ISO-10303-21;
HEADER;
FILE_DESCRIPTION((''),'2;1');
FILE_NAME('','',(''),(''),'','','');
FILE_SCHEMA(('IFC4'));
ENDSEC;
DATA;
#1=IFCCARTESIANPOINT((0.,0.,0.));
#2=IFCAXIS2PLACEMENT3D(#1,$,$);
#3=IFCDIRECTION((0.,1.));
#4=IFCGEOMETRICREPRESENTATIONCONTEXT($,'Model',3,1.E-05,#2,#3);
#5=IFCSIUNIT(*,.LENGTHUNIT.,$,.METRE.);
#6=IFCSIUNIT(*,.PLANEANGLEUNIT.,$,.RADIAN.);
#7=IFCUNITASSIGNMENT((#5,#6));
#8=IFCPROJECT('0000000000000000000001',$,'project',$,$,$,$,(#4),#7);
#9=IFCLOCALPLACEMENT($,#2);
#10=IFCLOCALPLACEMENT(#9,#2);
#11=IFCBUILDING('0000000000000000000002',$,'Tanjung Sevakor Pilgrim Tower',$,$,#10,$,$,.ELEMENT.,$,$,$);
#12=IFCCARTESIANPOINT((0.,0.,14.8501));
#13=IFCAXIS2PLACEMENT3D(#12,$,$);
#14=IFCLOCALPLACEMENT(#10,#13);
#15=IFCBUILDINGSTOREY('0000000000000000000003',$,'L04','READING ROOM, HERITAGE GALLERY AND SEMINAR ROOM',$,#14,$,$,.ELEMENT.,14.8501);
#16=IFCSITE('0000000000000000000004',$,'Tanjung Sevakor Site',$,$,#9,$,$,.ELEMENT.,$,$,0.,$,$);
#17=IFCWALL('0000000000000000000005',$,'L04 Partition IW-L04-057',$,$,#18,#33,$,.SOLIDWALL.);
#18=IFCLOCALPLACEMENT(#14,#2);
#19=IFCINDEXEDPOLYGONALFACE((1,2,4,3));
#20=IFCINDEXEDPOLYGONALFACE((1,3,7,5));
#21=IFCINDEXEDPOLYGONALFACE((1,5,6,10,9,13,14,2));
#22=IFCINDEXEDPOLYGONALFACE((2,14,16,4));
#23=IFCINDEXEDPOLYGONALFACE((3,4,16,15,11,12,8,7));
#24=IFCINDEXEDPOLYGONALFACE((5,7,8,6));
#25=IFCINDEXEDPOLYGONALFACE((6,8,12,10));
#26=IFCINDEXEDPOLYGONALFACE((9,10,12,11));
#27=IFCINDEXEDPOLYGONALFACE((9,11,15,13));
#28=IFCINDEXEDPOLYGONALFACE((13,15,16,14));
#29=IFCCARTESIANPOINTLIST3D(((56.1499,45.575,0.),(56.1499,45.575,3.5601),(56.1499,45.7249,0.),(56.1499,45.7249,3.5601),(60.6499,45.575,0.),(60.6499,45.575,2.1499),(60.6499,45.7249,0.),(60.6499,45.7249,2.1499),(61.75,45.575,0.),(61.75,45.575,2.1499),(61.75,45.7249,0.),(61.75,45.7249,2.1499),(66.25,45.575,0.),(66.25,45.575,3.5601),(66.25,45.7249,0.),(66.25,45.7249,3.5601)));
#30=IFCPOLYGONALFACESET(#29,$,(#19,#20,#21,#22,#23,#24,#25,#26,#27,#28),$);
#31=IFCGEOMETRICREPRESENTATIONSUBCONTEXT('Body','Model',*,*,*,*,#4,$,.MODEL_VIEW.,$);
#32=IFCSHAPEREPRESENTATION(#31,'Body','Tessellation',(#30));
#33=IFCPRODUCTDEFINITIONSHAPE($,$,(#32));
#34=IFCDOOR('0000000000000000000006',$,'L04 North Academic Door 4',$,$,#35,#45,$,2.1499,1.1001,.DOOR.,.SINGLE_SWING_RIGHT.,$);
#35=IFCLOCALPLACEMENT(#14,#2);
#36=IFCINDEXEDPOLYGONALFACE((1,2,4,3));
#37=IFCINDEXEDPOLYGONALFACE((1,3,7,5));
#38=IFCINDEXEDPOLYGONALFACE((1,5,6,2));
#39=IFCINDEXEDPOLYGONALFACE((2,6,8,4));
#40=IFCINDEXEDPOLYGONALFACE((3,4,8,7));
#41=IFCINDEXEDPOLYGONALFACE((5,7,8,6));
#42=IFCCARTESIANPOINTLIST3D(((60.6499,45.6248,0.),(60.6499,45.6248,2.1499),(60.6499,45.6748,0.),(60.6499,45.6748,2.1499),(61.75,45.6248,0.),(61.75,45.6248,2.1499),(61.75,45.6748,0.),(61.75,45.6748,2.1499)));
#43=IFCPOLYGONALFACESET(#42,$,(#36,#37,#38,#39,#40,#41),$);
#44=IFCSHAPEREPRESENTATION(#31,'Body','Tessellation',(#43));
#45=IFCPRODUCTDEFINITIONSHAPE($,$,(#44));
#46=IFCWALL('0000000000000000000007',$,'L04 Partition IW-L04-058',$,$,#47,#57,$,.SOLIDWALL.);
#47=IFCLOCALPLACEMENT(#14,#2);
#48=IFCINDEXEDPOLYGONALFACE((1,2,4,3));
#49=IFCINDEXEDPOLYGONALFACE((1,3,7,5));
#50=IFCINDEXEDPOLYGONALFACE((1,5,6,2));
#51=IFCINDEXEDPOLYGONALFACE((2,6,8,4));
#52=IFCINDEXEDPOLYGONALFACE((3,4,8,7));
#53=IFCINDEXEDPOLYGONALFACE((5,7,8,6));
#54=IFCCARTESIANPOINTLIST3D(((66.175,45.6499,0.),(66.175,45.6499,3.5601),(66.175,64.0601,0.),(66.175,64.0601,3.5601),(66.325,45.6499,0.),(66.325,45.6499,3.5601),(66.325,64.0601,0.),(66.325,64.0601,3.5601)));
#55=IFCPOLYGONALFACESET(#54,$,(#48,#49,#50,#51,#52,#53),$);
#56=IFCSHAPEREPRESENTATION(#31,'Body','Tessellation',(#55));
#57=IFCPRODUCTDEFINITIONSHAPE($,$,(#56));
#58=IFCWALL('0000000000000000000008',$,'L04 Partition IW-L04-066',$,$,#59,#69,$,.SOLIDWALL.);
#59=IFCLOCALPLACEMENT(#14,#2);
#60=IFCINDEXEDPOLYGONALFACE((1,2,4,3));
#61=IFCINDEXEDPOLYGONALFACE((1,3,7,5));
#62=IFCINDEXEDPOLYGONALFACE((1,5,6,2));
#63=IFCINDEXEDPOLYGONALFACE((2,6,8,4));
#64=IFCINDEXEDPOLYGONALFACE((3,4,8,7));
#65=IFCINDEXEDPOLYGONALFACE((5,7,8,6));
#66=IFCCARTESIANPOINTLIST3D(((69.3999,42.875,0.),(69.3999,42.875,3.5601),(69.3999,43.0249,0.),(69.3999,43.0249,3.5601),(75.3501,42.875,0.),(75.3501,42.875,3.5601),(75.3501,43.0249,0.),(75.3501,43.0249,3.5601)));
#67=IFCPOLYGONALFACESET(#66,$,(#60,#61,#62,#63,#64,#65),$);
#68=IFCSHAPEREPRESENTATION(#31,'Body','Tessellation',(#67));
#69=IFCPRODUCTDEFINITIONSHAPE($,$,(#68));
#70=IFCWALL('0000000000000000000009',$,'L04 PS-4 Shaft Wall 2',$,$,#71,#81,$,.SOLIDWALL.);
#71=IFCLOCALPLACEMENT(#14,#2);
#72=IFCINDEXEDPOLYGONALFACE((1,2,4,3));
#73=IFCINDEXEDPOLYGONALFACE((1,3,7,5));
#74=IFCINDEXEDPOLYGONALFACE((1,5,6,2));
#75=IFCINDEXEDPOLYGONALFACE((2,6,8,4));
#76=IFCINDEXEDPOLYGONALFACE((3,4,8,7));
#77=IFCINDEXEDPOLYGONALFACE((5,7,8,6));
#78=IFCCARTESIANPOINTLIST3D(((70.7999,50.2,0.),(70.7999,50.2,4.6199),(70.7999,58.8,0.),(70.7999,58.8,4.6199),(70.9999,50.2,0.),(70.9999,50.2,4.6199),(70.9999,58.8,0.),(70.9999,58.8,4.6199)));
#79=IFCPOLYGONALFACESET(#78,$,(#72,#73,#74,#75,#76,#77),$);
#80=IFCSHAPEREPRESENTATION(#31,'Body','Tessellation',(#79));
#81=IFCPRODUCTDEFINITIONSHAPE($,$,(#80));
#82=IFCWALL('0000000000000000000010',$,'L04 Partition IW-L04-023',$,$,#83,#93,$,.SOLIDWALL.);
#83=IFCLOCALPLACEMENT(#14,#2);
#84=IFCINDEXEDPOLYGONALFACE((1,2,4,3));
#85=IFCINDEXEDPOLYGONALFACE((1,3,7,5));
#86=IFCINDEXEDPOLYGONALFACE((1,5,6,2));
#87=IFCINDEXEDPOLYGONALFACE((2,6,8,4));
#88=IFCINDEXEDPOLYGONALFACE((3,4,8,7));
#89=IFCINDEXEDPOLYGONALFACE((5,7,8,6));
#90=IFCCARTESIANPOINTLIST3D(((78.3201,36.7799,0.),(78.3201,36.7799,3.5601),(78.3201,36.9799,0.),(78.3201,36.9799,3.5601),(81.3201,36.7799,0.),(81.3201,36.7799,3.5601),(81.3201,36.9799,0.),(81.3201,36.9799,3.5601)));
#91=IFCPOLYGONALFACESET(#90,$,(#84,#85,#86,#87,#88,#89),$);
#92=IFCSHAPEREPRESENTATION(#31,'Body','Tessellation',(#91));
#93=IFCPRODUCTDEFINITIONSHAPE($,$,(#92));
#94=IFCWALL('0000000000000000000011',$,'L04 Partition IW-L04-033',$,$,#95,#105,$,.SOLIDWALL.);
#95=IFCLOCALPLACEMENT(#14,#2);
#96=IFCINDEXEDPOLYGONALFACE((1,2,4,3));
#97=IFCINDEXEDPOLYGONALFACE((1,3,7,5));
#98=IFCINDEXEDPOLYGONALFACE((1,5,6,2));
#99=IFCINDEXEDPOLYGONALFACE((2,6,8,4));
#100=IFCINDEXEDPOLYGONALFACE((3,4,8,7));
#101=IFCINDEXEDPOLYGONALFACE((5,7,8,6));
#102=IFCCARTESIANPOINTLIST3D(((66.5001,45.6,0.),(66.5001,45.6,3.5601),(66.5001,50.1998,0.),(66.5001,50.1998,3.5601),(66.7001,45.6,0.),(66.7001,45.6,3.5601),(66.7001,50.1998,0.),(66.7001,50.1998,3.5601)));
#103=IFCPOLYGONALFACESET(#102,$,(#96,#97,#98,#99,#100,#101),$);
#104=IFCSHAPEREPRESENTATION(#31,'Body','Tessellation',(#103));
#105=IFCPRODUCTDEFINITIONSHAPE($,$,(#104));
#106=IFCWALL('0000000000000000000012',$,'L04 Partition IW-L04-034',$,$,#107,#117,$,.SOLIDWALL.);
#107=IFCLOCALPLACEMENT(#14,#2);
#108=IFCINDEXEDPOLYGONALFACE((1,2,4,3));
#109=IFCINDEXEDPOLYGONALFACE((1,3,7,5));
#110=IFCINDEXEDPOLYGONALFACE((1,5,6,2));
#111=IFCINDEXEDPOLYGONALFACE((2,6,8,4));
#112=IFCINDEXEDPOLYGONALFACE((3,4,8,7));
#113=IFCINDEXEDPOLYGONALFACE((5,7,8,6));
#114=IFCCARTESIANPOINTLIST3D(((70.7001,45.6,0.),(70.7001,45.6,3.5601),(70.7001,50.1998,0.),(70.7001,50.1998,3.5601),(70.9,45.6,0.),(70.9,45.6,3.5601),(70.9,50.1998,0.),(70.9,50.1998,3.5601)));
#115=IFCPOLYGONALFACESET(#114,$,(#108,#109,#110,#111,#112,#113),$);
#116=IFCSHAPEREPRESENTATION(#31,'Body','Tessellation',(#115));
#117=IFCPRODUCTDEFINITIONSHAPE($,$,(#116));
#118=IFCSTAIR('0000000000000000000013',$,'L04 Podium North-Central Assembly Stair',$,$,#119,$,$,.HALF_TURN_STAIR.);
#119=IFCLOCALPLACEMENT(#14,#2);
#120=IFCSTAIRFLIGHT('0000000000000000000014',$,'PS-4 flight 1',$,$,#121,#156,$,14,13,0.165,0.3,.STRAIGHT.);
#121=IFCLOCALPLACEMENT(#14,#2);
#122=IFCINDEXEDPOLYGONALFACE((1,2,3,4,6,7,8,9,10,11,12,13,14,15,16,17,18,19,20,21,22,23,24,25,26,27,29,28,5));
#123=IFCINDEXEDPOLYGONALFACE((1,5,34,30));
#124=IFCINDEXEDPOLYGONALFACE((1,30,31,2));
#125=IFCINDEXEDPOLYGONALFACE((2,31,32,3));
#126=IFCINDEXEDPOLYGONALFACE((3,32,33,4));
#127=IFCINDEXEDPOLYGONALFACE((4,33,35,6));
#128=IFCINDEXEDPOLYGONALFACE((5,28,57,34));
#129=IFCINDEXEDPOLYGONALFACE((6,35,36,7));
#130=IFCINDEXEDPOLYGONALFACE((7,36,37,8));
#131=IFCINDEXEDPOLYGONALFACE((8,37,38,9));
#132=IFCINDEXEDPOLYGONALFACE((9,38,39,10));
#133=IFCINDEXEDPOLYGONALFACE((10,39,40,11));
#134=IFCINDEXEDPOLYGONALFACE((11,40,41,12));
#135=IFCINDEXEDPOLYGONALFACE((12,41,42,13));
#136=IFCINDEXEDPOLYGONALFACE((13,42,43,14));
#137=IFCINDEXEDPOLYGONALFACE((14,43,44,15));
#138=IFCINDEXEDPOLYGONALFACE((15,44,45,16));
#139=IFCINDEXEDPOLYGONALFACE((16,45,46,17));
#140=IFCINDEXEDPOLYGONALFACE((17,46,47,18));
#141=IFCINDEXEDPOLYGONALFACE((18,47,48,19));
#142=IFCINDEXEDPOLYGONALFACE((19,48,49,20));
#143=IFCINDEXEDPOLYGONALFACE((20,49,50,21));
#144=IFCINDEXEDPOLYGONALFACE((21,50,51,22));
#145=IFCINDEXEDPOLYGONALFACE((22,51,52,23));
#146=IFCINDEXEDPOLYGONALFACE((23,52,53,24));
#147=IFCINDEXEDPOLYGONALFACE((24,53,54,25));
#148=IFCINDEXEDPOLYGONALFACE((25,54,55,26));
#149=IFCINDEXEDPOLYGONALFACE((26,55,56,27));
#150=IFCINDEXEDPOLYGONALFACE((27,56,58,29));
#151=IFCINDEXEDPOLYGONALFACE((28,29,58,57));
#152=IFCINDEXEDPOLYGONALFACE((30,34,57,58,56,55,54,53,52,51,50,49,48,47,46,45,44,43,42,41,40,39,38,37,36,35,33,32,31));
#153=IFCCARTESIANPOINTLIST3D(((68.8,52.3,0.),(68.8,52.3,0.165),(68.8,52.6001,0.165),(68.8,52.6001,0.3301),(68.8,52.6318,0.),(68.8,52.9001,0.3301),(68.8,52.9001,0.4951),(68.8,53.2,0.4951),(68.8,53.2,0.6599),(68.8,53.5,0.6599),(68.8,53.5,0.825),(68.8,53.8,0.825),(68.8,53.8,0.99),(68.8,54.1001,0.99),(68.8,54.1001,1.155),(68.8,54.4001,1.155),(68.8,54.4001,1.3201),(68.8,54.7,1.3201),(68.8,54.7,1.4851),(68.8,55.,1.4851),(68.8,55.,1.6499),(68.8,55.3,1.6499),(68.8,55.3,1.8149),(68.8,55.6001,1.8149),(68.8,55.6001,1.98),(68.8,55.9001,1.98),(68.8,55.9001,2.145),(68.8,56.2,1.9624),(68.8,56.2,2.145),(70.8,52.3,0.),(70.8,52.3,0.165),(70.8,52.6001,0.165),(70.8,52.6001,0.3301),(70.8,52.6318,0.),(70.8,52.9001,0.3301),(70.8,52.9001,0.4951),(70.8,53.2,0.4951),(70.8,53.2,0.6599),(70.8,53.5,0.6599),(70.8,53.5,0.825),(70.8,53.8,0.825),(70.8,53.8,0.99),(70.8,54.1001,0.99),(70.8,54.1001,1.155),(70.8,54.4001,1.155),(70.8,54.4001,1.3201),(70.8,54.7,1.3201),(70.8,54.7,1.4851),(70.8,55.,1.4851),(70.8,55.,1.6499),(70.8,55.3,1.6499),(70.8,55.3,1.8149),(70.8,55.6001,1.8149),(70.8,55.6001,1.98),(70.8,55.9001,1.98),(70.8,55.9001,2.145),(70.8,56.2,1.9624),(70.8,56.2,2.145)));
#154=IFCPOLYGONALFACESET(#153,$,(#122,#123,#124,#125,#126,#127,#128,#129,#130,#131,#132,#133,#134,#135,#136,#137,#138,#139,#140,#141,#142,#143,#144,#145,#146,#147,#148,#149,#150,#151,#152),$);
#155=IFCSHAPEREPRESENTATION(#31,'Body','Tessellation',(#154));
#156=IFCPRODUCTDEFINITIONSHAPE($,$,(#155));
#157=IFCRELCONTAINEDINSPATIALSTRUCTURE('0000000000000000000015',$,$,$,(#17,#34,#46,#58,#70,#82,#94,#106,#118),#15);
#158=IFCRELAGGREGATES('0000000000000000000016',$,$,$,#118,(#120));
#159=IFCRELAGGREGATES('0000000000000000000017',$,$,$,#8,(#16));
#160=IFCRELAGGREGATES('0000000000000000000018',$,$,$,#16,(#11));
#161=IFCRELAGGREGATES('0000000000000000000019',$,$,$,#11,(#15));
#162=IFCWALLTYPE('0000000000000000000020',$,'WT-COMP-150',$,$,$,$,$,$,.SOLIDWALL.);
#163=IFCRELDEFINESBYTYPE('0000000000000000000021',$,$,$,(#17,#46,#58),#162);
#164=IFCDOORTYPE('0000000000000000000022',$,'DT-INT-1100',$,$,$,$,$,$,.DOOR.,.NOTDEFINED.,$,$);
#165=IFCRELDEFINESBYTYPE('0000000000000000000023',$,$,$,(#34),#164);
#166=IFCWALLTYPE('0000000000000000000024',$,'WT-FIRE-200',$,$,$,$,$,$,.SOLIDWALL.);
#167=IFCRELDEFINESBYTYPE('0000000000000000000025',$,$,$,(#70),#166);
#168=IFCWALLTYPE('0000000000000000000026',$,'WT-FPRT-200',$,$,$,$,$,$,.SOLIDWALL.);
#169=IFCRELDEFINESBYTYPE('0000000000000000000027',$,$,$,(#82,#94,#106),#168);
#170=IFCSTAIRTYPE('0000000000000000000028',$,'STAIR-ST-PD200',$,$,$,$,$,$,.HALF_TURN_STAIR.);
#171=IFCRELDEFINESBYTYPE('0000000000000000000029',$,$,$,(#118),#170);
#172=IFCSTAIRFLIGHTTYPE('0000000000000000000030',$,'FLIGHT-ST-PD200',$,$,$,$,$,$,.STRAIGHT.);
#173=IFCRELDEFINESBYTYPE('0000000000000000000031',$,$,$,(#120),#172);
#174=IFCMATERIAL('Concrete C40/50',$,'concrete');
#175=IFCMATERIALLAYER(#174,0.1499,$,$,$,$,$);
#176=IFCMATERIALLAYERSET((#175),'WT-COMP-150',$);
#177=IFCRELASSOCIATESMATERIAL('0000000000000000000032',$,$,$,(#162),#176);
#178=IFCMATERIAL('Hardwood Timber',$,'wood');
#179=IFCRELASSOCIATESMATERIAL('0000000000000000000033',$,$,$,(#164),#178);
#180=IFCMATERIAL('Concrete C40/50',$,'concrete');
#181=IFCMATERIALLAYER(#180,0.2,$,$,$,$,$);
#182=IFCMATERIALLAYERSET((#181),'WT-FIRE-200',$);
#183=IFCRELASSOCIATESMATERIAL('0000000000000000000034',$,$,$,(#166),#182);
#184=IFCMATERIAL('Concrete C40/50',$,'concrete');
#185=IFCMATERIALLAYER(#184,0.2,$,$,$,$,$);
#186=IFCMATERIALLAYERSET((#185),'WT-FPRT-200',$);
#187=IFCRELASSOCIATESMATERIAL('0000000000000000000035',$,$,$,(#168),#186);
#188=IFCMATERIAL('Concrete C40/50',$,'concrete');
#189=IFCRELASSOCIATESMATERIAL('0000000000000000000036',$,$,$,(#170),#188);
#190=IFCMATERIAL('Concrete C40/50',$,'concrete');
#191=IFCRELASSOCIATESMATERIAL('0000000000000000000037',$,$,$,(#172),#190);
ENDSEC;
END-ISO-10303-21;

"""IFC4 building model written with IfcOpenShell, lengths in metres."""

from ifc_helpers import new_model, si_unit, direction, frame, frame_2d, origin, place, context, subcontext, project, spatial, polyline, rectangle, outline, extrude, material, layer, layer_set, type_object, element, fill, aggregate, save


model = new_model("IFC4")

# Units and contexts
model_context = context("Model", 3, precision=1e-05, world=origin(), true_north=direction((0.0, 1.0)))
body_context = subcontext(model_context, "Body", "Model", "MODEL_VIEW")
ifc_project = project(units=[si_unit("LENGTHUNIT", "METRE"), si_unit("PLANEANGLEUNIT", "RADIAN")], contexts=[model_context])

# Site, building, storey
site_placement = place(None, origin())
site = spatial("IfcSite", under=ifc_project, at=site_placement, Name="Tanjung Sevakor Site", CompositionType="ELEMENT", RefElevation=0.0)
building_placement = place(site_placement, origin())
building = spatial("IfcBuilding", under=site, at=building_placement, Name="Tanjung Sevakor Pilgrim Tower", CompositionType="ELEMENT")
storey_placement = place(building_placement, frame((0.0, 0.0, 14.8501)))
storey = spatial("IfcBuildingStorey", under=building, at=storey_placement, Name="L04", Description="READING ROOM, HERITAGE GALLERY AND SEMINAR ROOM", CompositionType="ELEMENT", Elevation=14.8501)

# Shared definitions
ifc_material_1 = material(Name="Concrete C40/50", Category="concrete")
ifc_layer_1 = layer(ifc_material_1, 0.1499)
ifc_layer_set_1 = layer_set([ifc_layer_1], Name="WT-COMP-150")
wall_type_1 = type_object("IfcWallType", Name="WT-COMP-150", PredefinedType="SOLIDWALL", material=ifc_layer_set_1)

# Wall, opening, door
wall_1_placement = place(storey_placement, frame((56.1499, 45.6499, 0.0), z_axis=(0.0, 0.0, 1.0), x_axis=(1.0, 0.0, 0.0)))
wall_1 = element("IfcWall", 1, at=wall_1_placement, inside=storey, type_object=wall_type_1, Name="L04 Partition IW-L04-057", PredefinedType="SOLIDWALL", context=body_context, shape_type="SweptSolid", body=[
    extrude(rectangle(XDim=10.1001, YDim=0.1499, at=frame_2d((5.05, 0.0))), origin(), (0.0, 0.0, 1.0), 3.5601),
])
opening_1_placement = place(wall_1_placement, frame((4.5, 0.0, 0.0)))
opening_1 = element("IfcOpeningElement", 2, at=opening_1_placement, cuts=wall_1, PredefinedType="OPENING", context=body_context, shape_type="SweptSolid", body=[
    extrude(rectangle(XDim=1.1001, YDim=2.1499, at=frame_2d((0.55, 1.075))), frame((0.0, 0.085, 0.0), z_axis=(0.0, -1.0, 0.0), x_axis=(1.0, 0.0, 0.0)), (0.0, 0.0, 1.0), 0.1699),
])
ifc_material_2 = material(Name="Hardwood Timber", Category="wood")
door_type_1 = type_object("IfcDoorType", Name="DT-INT-1100", OperationType="NOTDEFINED", PredefinedType="DOOR", material=ifc_material_2)
door_1_placement = place(opening_1_placement, origin())
door_1 = element("IfcDoor", 3, at=door_1_placement, inside=storey, type_object=door_type_1, Name="L04 North Academic Door 4", OperationType="SINGLE_SWING_RIGHT", OverallHeight=2.1499, OverallWidth=1.1001, PredefinedType="DOOR", context=body_context, shape_type="SweptSolid", body=[
    extrude(rectangle(XDim=1.1001, YDim=2.1499, at=frame_2d((0.55, 1.075))), frame((0.0, 0.0249, 0.0), z_axis=(0.0, -1.0, 0.0), x_axis=(1.0, 0.0, 0.0)), (0.0, 0.0, 1.0), 0.05),
])
fill(opening_1, door_1)

# Walls
wall_2_placement = place(storey_placement, frame((66.25, 45.6499, 0.0), z_axis=(0.0, 0.0, 1.0), x_axis=(0.0, 1.0, 0.0)))
element("IfcWall", 4, at=wall_2_placement, inside=storey, type_object=wall_type_1, Name="L04 Partition IW-L04-058", PredefinedType="SOLIDWALL", context=body_context, shape_type="SweptSolid", body=[
    extrude(rectangle(XDim=18.4102, YDim=0.1499, at=frame_2d((9.2051, 0.0))), origin(), (0.0, 0.0, 1.0), 3.5601),
])
wall_3_placement = place(storey_placement, frame((69.3999, 42.95, 0.0), z_axis=(0.0, 0.0, 1.0), x_axis=(1.0, 0.0, 0.0)))
element("IfcWall", 5, at=wall_3_placement, inside=storey, type_object=wall_type_1, Name="L04 Partition IW-L04-066", PredefinedType="SOLIDWALL", context=body_context, shape_type="SweptSolid", body=[
    extrude(rectangle(XDim=5.9502, YDim=0.1499, at=frame_2d((2.9751, 0.0))), origin(), (0.0, 0.0, 1.0), 3.5601),
])

# Shared definitions
ifc_material_3 = material(Name="Concrete C40/50", Category="concrete")
ifc_layer_2 = layer(ifc_material_3, 0.2)
ifc_layer_set_2 = layer_set([ifc_layer_2], Name="WT-FIRE-200")
wall_type_2 = type_object("IfcWallType", Name="WT-FIRE-200", PredefinedType="SOLIDWALL", material=ifc_layer_set_2)

# Walls
wall_4_placement = place(storey_placement, frame((70.8999, 50.2, 0.0), z_axis=(0.0, 0.0, 1.0), x_axis=(0.0, 1.0, 0.0)))
element("IfcWall", 6, at=wall_4_placement, inside=storey, type_object=wall_type_2, Name="L04 PS-4 Shaft Wall 2", PredefinedType="SOLIDWALL", context=body_context, shape_type="SweptSolid", body=[
    extrude(rectangle(XDim=8.6001, YDim=0.2, at=frame_2d((4.3, 0.0))), origin(), (0.0, 0.0, 1.0), 4.6199),
])
ifc_material_4 = material(Name="Concrete C40/50", Category="concrete")
ifc_layer_3 = layer(ifc_material_4, 0.2)
ifc_layer_set_3 = layer_set([ifc_layer_3], Name="WT-FPRT-200")
wall_type_3 = type_object("IfcWallType", Name="WT-FPRT-200", PredefinedType="SOLIDWALL", material=ifc_layer_set_3)
wall_5_placement = place(storey_placement, frame((78.3201, 36.8799, 0.0), z_axis=(0.0, 0.0, 1.0), x_axis=(1.0, 0.0, 0.0)))
element("IfcWall", 7, at=wall_5_placement, inside=storey, type_object=wall_type_3, Name="L04 Partition IW-L04-023", PredefinedType="SOLIDWALL", context=body_context, shape_type="SweptSolid", body=[
    extrude(rectangle(XDim=3.0, YDim=0.2, at=frame_2d((1.5, 0.0))), origin(), (0.0, 0.0, 1.0), 3.5601),
])
for number, where, z_axis, x_axis, name in (
    (8, (66.6001, 45.6001, 0.0), (0.0, 0.0, 1.0), (0.0, 1.0, 0.0), "L04 Partition IW-L04-033"),
    (9, (70.8, 45.6001, 0.0), (0.0, 0.0, 1.0), (0.0, 1.0, 0.0), "L04 Partition IW-L04-034"),
):
    element("IfcWall", number, at=place(storey_placement, frame(where, z_axis=z_axis, x_axis=x_axis)), inside=storey, type_object=wall_type_3, Name=name, PredefinedType="SOLIDWALL", context=body_context, shape_type="SweptSolid", body=[
        extrude(rectangle(XDim=4.5999, YDim=0.2, at=frame_2d((2.2998, 0.0))), origin(), (0.0, 0.0, 1.0), 3.5601),
    ])

# Stair, stair flight
ifc_material_5 = material(Name="Concrete C40/50", Category="concrete")
stair_type = type_object("IfcStairType", Name="STAIR-ST-PD200", PredefinedType="HALF_TURN_STAIR", material=ifc_material_5)
stair_placement = place(storey_placement, origin())
stair = element("IfcStair", 10, at=stair_placement, inside=storey, type_object=stair_type, Name="L04 Podium North-Central Assembly Stair", PredefinedType="HALF_TURN_STAIR")
ifc_material_6 = material(Name="Concrete C40/50", Category="concrete")
stair_flight_type = type_object("IfcStairFlightType", Name="FLIGHT-ST-PD200", PredefinedType="STRAIGHT", material=ifc_material_6)
stair_flight_placement = place(storey_placement, frame((69.8, 52.3, 0.0), z_axis=(0.0, 0.0, 1.0), x_axis=(0.0, 1.0, 0.0)))
stair_flight = element("IfcStairFlight", 11, at=stair_flight_placement, type_object=stair_flight_type, Name="PS-4 flight 1", NumberOfRisers=14, NumberOfTreads=13, PredefinedType="STRAIGHT", RiserHeight=0.165, TreadLength=0.3, context=body_context, shape_type="SweptSolid", body=[
    extrude(outline(polyline([(0.0, 0.0), (0.0, 0.165), (0.3, 0.165), (0.3, 0.3301), (0.6001, 0.3301), (0.6001, 0.4951), (0.8999, 0.4951), (0.8999, 0.6599), (1.2, 0.6599), (1.2, 0.825), (1.5, 0.825), (1.5, 0.99), (1.8, 0.99), (1.8, 1.155), (2.1001, 1.155), (2.1001, 1.3201), (2.3999, 1.3201), (2.3999, 1.4851), (2.7, 1.4851), (2.7, 1.6499), (3.0, 1.6499), (3.0, 1.8149), (3.3, 1.8149), (3.3, 1.98), (3.6001, 1.98), (3.6001, 2.145), (3.8999, 2.145), (3.8999, 2.3101), (3.8999, 1.9624), (0.3318, 0.0), (0.0, 0.0)])), frame((0.0, 1.0, 0.0), z_axis=(0.0, -1.0, 0.0), x_axis=(1.0, 0.0, 0.0)), (0.0, 0.0, 1.0), 2.0),
])
aggregate(stair, [stair_flight])

save(model, "model.ifc")
